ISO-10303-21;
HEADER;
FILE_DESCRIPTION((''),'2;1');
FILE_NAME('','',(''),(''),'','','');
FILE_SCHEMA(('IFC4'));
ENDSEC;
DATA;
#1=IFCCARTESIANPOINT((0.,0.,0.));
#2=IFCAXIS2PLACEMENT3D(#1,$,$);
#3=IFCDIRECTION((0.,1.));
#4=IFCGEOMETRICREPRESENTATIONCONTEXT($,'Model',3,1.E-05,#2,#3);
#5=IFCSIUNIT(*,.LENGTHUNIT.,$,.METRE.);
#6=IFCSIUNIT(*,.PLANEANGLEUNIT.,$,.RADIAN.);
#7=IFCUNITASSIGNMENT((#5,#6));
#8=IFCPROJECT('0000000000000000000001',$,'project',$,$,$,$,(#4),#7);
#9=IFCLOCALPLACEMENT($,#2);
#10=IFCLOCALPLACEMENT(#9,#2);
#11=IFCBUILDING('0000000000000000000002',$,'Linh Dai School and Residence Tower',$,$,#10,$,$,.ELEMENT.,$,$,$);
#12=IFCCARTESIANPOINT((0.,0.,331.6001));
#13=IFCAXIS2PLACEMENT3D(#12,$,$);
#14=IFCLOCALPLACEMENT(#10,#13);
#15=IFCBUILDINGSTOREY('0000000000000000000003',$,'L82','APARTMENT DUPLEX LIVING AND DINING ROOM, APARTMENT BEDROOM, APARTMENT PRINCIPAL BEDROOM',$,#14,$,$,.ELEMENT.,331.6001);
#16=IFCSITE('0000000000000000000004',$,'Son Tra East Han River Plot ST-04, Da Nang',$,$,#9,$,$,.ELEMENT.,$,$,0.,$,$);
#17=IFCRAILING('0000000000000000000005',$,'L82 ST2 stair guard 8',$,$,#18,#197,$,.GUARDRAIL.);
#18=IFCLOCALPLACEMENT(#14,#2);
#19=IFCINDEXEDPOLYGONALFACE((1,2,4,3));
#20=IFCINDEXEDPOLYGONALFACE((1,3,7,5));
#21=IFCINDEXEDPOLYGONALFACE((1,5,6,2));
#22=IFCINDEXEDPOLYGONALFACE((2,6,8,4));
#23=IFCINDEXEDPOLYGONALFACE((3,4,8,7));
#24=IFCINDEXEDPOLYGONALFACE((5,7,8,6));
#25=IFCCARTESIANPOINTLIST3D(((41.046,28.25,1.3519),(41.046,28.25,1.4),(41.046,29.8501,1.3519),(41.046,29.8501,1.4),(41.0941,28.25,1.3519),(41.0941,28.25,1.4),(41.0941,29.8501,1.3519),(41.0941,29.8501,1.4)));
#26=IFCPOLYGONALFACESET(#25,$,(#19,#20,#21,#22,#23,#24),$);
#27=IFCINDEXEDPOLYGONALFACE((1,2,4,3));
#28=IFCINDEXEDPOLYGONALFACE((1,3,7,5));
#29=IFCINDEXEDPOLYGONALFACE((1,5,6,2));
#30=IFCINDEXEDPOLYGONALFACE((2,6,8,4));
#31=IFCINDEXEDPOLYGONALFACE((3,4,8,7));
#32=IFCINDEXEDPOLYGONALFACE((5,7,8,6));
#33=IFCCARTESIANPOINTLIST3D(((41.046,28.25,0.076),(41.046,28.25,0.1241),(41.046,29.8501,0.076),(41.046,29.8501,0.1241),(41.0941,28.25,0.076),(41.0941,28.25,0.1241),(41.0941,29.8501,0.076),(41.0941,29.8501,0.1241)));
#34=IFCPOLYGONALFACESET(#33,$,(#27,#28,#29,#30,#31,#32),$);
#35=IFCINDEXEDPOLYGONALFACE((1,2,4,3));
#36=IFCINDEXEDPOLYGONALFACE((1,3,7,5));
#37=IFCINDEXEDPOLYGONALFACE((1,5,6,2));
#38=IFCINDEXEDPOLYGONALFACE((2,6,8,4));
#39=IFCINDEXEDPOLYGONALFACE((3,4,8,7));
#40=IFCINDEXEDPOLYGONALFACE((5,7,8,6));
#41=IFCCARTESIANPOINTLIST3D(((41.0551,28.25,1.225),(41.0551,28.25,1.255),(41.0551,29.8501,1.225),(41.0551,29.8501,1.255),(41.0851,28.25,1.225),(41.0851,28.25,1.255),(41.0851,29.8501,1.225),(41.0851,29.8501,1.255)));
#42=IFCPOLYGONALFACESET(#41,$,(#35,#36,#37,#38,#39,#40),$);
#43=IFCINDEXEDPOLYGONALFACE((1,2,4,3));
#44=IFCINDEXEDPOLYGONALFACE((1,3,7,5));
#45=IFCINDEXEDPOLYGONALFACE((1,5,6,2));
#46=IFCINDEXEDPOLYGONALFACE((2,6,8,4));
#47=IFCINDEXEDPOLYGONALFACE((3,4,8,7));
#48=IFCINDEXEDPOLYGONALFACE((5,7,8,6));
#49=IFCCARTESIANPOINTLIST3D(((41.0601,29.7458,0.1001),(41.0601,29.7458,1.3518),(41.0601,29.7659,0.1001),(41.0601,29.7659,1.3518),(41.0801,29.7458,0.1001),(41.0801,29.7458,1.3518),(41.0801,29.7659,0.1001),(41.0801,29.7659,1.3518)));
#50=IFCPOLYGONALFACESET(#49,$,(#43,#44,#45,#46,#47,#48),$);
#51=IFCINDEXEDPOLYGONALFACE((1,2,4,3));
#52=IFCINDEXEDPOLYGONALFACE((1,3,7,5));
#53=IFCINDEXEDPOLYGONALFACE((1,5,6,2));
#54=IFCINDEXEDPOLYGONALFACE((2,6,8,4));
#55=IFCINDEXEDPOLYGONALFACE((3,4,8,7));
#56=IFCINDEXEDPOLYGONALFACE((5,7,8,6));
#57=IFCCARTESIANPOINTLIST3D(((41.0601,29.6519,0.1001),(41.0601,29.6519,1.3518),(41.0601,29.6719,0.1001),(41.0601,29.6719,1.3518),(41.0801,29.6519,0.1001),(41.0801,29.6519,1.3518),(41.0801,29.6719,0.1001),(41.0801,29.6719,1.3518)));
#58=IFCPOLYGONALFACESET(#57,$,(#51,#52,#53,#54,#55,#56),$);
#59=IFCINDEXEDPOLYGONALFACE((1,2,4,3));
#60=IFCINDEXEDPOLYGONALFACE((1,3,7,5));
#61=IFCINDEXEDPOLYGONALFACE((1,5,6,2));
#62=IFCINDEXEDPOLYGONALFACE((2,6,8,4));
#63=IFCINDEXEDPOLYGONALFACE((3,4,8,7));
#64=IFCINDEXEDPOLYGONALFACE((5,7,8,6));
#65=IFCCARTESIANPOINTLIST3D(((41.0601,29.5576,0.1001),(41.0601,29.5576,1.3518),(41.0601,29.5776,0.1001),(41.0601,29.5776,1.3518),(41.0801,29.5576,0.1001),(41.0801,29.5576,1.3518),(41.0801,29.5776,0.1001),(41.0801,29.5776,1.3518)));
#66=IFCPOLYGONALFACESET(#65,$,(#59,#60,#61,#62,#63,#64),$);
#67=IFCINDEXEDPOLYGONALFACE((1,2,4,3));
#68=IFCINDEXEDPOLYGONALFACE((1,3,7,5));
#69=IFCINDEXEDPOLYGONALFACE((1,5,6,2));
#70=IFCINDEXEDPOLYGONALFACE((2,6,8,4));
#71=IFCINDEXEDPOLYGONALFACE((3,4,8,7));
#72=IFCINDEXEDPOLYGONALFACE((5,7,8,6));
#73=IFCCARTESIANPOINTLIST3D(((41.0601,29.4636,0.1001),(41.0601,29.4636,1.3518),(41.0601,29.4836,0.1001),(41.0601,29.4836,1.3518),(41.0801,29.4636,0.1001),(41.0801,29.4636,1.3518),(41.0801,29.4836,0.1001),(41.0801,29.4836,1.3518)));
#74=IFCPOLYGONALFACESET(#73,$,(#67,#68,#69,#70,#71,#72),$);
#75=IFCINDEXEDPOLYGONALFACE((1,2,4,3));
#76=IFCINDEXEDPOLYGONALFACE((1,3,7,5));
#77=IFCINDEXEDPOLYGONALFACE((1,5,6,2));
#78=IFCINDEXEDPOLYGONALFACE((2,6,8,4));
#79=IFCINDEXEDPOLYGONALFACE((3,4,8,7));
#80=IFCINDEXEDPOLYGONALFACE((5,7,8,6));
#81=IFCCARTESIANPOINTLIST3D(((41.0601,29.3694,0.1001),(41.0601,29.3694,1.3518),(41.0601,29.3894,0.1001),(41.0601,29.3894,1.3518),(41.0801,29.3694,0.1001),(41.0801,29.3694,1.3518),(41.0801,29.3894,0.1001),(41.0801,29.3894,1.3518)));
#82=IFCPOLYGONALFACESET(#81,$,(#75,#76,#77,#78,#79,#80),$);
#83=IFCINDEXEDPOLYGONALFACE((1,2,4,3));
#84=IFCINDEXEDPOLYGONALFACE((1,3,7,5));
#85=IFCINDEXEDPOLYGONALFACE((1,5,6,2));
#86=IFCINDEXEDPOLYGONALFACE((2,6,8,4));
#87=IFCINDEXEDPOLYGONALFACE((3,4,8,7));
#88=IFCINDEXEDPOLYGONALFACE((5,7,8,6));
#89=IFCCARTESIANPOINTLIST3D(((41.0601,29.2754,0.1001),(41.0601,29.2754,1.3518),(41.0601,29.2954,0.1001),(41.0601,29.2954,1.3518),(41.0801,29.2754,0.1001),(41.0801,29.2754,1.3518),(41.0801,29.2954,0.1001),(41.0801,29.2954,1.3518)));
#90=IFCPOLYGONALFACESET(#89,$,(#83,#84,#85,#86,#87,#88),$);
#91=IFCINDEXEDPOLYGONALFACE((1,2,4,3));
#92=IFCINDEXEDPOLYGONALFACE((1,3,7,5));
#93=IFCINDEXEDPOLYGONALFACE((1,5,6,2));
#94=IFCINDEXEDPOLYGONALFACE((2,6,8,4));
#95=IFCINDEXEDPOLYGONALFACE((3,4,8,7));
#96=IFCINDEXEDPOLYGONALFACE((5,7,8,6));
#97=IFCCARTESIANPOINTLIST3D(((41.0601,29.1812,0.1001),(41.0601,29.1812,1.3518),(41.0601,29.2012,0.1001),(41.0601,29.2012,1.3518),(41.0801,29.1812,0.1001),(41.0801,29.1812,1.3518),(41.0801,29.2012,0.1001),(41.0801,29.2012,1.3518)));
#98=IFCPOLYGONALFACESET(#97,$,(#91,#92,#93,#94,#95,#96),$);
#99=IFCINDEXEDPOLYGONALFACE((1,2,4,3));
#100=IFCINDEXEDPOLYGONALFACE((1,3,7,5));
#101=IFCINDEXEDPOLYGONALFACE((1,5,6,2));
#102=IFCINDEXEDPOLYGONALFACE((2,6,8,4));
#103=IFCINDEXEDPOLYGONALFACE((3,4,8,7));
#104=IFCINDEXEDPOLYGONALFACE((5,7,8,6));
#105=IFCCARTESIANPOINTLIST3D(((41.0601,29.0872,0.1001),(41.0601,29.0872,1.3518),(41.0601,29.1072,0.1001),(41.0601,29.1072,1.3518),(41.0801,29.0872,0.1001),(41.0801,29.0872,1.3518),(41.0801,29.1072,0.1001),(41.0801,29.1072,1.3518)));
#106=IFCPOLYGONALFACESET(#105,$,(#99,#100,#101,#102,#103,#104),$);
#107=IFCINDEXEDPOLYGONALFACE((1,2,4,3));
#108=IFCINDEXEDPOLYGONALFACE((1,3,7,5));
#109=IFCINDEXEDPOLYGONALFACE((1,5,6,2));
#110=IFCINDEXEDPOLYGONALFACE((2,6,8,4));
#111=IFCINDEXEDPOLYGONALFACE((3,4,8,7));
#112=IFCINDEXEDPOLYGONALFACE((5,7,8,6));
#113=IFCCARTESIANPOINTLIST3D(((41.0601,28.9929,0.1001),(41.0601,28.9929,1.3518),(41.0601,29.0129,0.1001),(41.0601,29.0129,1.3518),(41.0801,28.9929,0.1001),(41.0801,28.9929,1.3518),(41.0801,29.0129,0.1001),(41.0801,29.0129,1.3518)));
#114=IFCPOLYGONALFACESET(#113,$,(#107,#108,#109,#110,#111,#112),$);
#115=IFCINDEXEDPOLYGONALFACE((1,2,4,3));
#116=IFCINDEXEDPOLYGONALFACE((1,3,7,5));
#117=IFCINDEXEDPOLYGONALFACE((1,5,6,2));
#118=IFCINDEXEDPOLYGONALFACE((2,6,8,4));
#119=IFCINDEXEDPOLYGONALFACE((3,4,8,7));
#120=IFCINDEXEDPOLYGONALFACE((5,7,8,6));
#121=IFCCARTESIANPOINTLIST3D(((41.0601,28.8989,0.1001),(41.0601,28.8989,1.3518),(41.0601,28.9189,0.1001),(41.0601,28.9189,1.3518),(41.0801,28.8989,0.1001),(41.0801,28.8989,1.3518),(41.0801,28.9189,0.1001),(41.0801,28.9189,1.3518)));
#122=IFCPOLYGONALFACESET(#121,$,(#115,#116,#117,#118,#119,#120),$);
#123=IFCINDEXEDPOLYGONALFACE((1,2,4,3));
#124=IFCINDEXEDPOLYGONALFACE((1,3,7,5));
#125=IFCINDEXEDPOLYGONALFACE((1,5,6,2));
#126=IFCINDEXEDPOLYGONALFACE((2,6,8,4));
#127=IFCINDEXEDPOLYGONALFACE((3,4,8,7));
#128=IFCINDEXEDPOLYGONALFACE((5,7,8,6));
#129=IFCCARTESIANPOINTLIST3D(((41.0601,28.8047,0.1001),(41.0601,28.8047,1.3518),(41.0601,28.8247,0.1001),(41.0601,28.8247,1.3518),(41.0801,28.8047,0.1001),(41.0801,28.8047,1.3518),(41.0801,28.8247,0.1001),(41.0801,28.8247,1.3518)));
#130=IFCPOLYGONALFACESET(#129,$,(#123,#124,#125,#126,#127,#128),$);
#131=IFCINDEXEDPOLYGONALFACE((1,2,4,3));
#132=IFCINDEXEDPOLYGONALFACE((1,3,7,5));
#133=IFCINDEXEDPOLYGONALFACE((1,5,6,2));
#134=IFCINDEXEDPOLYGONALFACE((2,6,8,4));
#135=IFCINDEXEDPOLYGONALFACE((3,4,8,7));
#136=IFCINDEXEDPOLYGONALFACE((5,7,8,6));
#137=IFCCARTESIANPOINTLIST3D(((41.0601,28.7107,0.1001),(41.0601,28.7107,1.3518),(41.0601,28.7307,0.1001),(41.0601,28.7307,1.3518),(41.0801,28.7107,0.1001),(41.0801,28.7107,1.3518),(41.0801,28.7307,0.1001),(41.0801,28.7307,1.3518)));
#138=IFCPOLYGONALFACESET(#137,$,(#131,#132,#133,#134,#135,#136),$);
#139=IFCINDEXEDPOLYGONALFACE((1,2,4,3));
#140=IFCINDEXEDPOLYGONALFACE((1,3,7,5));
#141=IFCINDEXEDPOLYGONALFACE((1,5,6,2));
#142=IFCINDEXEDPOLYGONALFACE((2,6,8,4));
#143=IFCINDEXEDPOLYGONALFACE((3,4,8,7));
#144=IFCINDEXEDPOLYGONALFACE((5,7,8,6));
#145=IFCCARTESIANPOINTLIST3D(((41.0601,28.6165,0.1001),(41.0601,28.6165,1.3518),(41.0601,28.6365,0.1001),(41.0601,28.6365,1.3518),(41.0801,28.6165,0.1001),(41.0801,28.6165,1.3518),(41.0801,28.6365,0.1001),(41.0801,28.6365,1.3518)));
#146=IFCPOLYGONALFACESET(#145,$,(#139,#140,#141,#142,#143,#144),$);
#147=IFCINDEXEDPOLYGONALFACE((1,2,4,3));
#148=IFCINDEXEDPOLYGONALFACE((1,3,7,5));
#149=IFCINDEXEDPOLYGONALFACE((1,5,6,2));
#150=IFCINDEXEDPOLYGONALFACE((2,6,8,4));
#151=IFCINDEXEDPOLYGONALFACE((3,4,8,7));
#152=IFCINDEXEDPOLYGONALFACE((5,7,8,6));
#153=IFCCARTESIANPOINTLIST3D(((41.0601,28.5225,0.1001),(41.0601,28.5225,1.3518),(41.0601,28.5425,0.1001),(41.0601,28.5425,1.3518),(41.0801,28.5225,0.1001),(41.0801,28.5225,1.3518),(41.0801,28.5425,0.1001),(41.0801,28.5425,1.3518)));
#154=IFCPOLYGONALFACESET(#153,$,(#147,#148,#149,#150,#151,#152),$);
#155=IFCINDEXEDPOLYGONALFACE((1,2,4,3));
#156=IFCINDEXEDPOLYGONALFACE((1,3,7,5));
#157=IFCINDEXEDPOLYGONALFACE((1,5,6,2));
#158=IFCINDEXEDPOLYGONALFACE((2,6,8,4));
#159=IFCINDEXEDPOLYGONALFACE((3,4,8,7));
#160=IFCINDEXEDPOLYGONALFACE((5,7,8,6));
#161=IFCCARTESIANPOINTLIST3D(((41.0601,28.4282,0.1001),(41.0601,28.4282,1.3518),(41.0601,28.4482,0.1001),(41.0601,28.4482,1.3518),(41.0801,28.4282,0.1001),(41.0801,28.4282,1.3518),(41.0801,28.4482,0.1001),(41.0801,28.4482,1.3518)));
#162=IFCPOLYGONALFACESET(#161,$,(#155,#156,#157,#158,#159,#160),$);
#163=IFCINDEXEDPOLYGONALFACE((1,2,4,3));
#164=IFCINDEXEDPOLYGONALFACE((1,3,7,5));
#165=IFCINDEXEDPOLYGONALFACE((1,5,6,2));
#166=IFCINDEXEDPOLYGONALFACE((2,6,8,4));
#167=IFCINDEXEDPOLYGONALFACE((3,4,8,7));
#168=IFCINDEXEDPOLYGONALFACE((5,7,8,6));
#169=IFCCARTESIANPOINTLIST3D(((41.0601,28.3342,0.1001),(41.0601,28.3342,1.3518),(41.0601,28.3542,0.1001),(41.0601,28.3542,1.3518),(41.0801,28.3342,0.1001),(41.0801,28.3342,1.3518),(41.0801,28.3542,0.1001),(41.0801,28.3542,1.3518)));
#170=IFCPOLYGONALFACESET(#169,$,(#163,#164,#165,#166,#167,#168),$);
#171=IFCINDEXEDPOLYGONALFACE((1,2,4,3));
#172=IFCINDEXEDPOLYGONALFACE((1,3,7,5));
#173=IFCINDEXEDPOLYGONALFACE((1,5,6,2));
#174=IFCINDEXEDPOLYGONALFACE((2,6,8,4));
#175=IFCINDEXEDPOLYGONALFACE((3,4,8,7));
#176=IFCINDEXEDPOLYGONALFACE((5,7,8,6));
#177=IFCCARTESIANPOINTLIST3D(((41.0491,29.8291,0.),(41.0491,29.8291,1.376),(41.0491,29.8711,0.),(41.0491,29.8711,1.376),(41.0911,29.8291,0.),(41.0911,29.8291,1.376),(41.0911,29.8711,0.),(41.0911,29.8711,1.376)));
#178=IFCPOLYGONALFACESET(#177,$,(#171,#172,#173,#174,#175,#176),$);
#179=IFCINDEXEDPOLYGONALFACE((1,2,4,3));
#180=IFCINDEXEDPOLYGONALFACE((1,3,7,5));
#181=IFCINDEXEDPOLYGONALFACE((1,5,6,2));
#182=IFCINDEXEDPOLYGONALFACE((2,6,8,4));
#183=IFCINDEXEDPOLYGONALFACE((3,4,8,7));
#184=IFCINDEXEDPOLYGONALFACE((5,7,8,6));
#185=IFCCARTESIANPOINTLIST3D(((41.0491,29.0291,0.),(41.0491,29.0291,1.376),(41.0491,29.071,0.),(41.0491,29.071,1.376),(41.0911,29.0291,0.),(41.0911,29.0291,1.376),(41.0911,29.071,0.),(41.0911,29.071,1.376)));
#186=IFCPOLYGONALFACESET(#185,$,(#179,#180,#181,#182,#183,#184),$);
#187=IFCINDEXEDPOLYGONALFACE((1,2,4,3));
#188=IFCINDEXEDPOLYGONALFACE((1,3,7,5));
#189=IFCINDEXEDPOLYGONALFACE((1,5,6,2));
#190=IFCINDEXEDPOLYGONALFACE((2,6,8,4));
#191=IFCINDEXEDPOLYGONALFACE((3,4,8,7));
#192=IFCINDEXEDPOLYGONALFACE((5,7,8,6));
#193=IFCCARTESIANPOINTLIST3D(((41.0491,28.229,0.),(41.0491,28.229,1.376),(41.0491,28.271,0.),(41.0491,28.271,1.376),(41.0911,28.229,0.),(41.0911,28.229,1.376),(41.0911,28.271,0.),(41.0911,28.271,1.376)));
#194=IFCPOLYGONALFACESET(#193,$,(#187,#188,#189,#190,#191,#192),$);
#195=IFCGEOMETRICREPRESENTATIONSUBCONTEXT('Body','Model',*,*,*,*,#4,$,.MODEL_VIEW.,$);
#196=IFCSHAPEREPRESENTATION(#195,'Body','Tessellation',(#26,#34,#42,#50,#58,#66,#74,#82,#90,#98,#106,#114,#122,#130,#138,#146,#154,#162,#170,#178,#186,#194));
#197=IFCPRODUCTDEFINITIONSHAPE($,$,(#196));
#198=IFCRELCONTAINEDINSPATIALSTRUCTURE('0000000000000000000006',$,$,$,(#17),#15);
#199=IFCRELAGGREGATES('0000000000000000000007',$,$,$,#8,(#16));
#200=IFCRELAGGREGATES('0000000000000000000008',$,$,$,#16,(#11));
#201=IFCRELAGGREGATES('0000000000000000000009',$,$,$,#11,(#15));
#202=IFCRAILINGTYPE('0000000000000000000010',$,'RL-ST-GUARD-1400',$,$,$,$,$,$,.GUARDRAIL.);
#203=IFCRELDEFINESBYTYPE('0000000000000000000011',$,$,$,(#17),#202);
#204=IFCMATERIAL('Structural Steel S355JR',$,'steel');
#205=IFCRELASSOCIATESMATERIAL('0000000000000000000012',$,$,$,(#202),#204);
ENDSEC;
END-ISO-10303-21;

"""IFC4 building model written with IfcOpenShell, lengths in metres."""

from ifc_helpers import new_model, si_unit, direction, frame, origin, origin_2d, place, context, subcontext, project, spatial, rectangle, extrude, source, transform, mapped, material, type_object, element, save


model = new_model("IFC4")

# Units and contexts
model_context = context("Model", 3, precision=1e-05, world=origin(), true_north=direction((0.0, 1.0)))
body_context = subcontext(model_context, "Body", "Model", "MODEL_VIEW")
ifc_project = project(units=[si_unit("LENGTHUNIT", "METRE"), si_unit("PLANEANGLEUNIT", "RADIAN")], contexts=[model_context])

# Site, building, storey
site_placement = place(None, origin())
site = spatial("IfcSite", under=ifc_project, at=site_placement, Name="Son Tra East Han River Plot ST-04, Da Nang", CompositionType="ELEMENT", RefElevation=0.0)
building_placement = place(site_placement, origin())
building = spatial("IfcBuilding", under=site, at=building_placement, Name="Linh Dai School and Residence Tower", CompositionType="ELEMENT")
storey_placement = place(building_placement, frame((0.0, 0.0, 331.6001)))
storey = spatial("IfcBuildingStorey", under=building, at=storey_placement, Name="L82", Description="APARTMENT DUPLEX LIVING AND DINING ROOM, APARTMENT BEDROOM, APARTMENT PRINCIPAL BEDROOM", CompositionType="ELEMENT", Elevation=331.6001)

# Shared definitions
ifc_material_1 = material(Name="Structural Steel S355JR", Category="steel")

# Railing
railing_type_1 = type_object("IfcRailingType", Name="RL-ST-GUARD-1400", PredefinedType="GUARDRAIL", material=ifc_material_1)
shared_shape_1 = source(origin(), body_context, "Body", "SweptSolid", [
    extrude(rectangle(XDim=0.0481, YDim=0.0481, at=origin_2d()), frame((0.0, 0.0, 1.376), z_axis=(0.0, -1.0, 0.0), x_axis=(1.0, 0.0, 0.0)), (0.0, 0.0, 1.0), 1.6001),
    extrude(rectangle(XDim=0.0481, YDim=0.0481, at=origin_2d()), frame((0.0, 0.0, 0.1001), z_axis=(0.0, -1.0, 0.0), x_axis=(1.0, 0.0, 0.0)), (0.0, 0.0, 1.0), 1.6001),
    extrude(rectangle(XDim=0.03, YDim=0.03, at=origin_2d()), frame((0.0, 0.0, 1.24), z_axis=(0.0, -1.0, 0.0), x_axis=(1.0, 0.0, 0.0)), (0.0, 0.0, 1.0), 1.6001),
    extrude(rectangle(XDim=0.02, YDim=0.02, at=origin_2d()), frame((0.0, -0.0942, 0.1001)), (0.0, 0.0, 1.0), 1.2517),
    extrude(rectangle(XDim=0.02, YDim=0.02, at=origin_2d()), frame((0.0, -0.1882, 0.1001)), (0.0, 0.0, 1.0), 1.2517),
    extrude(rectangle(XDim=0.02, YDim=0.02, at=origin_2d()), frame((0.0, -0.2825, 0.1001)), (0.0, 0.0, 1.0), 1.2517),
    extrude(rectangle(XDim=0.02, YDim=0.02, at=origin_2d()), frame((0.0, -0.3765, 0.1001)), (0.0, 0.0, 1.0), 1.2517),
    extrude(rectangle(XDim=0.02, YDim=0.02, at=origin_2d()), frame((0.0, -0.4707, 0.1001)), (0.0, 0.0, 1.0), 1.2517),
    extrude(rectangle(XDim=0.02, YDim=0.02, at=origin_2d()), frame((0.0, -0.5647, 0.1001)), (0.0, 0.0, 1.0), 1.2517),
    extrude(rectangle(XDim=0.02, YDim=0.02, at=origin_2d()), frame((0.0, -0.6589, 0.1001)), (0.0, 0.0, 1.0), 1.2517),
    extrude(rectangle(XDim=0.02, YDim=0.02, at=origin_2d()), frame((0.0, -0.7529, 0.1001)), (0.0, 0.0, 1.0), 1.2517),
    extrude(rectangle(XDim=0.02, YDim=0.02, at=origin_2d()), frame((0.0, -0.8472, 0.1001)), (0.0, 0.0, 1.0), 1.2517),
    extrude(rectangle(XDim=0.02, YDim=0.02, at=origin_2d()), frame((0.0, -0.9412, 0.1001)), (0.0, 0.0, 1.0), 1.2517),
    extrude(rectangle(XDim=0.02, YDim=0.02, at=origin_2d()), frame((0.0, -1.0354, 0.1001)), (0.0, 0.0, 1.0), 1.2517),
    extrude(rectangle(XDim=0.02, YDim=0.02, at=origin_2d()), frame((0.0, -1.1294, 0.1001)), (0.0, 0.0, 1.0), 1.2517),
    extrude(rectangle(XDim=0.02, YDim=0.02, at=origin_2d()), frame((0.0, -1.2236, 0.1001)), (0.0, 0.0, 1.0), 1.2517),
    extrude(rectangle(XDim=0.02, YDim=0.02, at=origin_2d()), frame((0.0, -1.3176, 0.1001)), (0.0, 0.0, 1.0), 1.2517),
    extrude(rectangle(XDim=0.02, YDim=0.02, at=origin_2d()), frame((0.0, -1.4119, 0.1001)), (0.0, 0.0, 1.0), 1.2517),
    extrude(rectangle(XDim=0.02, YDim=0.02, at=origin_2d()), frame((0.0, -1.5059, 0.1001)), (0.0, 0.0, 1.0), 1.2517),
    extrude(rectangle(XDim=0.042, YDim=0.042, at=origin_2d()), origin(), (0.0, 0.0, 1.0), 1.376),
    extrude(rectangle(XDim=0.042, YDim=0.042, at=origin_2d()), frame((0.0, -0.8, 0.0)), (0.0, 0.0, 1.0), 1.376),
    extrude(rectangle(XDim=0.042, YDim=0.042, at=origin_2d()), frame((0.0, -1.6001, 0.0)), (0.0, 0.0, 1.0), 1.376),
])
for number, where, name in (
    (1, (41.0701, 29.8501, 0.0), "L82 ST2 stair guard 8"),
):
    element("IfcRailing", number, at=place(storey_placement, frame(where)), inside=storey, type_object=railing_type_1, Name=name, PredefinedType="GUARDRAIL", context=body_context, shape_type="MappedRepresentation", body=[
        mapped(shared_shape_1, transform((0.0, 0.0, 0.0), x_axis=(1.0, 0.0, 0.0), y_axis=(0.0, 1.0, 0.0), z_axis=(0.0, 0.0, 1.0), scale=1.0)),
    ])

save(model, "model.ifc")
